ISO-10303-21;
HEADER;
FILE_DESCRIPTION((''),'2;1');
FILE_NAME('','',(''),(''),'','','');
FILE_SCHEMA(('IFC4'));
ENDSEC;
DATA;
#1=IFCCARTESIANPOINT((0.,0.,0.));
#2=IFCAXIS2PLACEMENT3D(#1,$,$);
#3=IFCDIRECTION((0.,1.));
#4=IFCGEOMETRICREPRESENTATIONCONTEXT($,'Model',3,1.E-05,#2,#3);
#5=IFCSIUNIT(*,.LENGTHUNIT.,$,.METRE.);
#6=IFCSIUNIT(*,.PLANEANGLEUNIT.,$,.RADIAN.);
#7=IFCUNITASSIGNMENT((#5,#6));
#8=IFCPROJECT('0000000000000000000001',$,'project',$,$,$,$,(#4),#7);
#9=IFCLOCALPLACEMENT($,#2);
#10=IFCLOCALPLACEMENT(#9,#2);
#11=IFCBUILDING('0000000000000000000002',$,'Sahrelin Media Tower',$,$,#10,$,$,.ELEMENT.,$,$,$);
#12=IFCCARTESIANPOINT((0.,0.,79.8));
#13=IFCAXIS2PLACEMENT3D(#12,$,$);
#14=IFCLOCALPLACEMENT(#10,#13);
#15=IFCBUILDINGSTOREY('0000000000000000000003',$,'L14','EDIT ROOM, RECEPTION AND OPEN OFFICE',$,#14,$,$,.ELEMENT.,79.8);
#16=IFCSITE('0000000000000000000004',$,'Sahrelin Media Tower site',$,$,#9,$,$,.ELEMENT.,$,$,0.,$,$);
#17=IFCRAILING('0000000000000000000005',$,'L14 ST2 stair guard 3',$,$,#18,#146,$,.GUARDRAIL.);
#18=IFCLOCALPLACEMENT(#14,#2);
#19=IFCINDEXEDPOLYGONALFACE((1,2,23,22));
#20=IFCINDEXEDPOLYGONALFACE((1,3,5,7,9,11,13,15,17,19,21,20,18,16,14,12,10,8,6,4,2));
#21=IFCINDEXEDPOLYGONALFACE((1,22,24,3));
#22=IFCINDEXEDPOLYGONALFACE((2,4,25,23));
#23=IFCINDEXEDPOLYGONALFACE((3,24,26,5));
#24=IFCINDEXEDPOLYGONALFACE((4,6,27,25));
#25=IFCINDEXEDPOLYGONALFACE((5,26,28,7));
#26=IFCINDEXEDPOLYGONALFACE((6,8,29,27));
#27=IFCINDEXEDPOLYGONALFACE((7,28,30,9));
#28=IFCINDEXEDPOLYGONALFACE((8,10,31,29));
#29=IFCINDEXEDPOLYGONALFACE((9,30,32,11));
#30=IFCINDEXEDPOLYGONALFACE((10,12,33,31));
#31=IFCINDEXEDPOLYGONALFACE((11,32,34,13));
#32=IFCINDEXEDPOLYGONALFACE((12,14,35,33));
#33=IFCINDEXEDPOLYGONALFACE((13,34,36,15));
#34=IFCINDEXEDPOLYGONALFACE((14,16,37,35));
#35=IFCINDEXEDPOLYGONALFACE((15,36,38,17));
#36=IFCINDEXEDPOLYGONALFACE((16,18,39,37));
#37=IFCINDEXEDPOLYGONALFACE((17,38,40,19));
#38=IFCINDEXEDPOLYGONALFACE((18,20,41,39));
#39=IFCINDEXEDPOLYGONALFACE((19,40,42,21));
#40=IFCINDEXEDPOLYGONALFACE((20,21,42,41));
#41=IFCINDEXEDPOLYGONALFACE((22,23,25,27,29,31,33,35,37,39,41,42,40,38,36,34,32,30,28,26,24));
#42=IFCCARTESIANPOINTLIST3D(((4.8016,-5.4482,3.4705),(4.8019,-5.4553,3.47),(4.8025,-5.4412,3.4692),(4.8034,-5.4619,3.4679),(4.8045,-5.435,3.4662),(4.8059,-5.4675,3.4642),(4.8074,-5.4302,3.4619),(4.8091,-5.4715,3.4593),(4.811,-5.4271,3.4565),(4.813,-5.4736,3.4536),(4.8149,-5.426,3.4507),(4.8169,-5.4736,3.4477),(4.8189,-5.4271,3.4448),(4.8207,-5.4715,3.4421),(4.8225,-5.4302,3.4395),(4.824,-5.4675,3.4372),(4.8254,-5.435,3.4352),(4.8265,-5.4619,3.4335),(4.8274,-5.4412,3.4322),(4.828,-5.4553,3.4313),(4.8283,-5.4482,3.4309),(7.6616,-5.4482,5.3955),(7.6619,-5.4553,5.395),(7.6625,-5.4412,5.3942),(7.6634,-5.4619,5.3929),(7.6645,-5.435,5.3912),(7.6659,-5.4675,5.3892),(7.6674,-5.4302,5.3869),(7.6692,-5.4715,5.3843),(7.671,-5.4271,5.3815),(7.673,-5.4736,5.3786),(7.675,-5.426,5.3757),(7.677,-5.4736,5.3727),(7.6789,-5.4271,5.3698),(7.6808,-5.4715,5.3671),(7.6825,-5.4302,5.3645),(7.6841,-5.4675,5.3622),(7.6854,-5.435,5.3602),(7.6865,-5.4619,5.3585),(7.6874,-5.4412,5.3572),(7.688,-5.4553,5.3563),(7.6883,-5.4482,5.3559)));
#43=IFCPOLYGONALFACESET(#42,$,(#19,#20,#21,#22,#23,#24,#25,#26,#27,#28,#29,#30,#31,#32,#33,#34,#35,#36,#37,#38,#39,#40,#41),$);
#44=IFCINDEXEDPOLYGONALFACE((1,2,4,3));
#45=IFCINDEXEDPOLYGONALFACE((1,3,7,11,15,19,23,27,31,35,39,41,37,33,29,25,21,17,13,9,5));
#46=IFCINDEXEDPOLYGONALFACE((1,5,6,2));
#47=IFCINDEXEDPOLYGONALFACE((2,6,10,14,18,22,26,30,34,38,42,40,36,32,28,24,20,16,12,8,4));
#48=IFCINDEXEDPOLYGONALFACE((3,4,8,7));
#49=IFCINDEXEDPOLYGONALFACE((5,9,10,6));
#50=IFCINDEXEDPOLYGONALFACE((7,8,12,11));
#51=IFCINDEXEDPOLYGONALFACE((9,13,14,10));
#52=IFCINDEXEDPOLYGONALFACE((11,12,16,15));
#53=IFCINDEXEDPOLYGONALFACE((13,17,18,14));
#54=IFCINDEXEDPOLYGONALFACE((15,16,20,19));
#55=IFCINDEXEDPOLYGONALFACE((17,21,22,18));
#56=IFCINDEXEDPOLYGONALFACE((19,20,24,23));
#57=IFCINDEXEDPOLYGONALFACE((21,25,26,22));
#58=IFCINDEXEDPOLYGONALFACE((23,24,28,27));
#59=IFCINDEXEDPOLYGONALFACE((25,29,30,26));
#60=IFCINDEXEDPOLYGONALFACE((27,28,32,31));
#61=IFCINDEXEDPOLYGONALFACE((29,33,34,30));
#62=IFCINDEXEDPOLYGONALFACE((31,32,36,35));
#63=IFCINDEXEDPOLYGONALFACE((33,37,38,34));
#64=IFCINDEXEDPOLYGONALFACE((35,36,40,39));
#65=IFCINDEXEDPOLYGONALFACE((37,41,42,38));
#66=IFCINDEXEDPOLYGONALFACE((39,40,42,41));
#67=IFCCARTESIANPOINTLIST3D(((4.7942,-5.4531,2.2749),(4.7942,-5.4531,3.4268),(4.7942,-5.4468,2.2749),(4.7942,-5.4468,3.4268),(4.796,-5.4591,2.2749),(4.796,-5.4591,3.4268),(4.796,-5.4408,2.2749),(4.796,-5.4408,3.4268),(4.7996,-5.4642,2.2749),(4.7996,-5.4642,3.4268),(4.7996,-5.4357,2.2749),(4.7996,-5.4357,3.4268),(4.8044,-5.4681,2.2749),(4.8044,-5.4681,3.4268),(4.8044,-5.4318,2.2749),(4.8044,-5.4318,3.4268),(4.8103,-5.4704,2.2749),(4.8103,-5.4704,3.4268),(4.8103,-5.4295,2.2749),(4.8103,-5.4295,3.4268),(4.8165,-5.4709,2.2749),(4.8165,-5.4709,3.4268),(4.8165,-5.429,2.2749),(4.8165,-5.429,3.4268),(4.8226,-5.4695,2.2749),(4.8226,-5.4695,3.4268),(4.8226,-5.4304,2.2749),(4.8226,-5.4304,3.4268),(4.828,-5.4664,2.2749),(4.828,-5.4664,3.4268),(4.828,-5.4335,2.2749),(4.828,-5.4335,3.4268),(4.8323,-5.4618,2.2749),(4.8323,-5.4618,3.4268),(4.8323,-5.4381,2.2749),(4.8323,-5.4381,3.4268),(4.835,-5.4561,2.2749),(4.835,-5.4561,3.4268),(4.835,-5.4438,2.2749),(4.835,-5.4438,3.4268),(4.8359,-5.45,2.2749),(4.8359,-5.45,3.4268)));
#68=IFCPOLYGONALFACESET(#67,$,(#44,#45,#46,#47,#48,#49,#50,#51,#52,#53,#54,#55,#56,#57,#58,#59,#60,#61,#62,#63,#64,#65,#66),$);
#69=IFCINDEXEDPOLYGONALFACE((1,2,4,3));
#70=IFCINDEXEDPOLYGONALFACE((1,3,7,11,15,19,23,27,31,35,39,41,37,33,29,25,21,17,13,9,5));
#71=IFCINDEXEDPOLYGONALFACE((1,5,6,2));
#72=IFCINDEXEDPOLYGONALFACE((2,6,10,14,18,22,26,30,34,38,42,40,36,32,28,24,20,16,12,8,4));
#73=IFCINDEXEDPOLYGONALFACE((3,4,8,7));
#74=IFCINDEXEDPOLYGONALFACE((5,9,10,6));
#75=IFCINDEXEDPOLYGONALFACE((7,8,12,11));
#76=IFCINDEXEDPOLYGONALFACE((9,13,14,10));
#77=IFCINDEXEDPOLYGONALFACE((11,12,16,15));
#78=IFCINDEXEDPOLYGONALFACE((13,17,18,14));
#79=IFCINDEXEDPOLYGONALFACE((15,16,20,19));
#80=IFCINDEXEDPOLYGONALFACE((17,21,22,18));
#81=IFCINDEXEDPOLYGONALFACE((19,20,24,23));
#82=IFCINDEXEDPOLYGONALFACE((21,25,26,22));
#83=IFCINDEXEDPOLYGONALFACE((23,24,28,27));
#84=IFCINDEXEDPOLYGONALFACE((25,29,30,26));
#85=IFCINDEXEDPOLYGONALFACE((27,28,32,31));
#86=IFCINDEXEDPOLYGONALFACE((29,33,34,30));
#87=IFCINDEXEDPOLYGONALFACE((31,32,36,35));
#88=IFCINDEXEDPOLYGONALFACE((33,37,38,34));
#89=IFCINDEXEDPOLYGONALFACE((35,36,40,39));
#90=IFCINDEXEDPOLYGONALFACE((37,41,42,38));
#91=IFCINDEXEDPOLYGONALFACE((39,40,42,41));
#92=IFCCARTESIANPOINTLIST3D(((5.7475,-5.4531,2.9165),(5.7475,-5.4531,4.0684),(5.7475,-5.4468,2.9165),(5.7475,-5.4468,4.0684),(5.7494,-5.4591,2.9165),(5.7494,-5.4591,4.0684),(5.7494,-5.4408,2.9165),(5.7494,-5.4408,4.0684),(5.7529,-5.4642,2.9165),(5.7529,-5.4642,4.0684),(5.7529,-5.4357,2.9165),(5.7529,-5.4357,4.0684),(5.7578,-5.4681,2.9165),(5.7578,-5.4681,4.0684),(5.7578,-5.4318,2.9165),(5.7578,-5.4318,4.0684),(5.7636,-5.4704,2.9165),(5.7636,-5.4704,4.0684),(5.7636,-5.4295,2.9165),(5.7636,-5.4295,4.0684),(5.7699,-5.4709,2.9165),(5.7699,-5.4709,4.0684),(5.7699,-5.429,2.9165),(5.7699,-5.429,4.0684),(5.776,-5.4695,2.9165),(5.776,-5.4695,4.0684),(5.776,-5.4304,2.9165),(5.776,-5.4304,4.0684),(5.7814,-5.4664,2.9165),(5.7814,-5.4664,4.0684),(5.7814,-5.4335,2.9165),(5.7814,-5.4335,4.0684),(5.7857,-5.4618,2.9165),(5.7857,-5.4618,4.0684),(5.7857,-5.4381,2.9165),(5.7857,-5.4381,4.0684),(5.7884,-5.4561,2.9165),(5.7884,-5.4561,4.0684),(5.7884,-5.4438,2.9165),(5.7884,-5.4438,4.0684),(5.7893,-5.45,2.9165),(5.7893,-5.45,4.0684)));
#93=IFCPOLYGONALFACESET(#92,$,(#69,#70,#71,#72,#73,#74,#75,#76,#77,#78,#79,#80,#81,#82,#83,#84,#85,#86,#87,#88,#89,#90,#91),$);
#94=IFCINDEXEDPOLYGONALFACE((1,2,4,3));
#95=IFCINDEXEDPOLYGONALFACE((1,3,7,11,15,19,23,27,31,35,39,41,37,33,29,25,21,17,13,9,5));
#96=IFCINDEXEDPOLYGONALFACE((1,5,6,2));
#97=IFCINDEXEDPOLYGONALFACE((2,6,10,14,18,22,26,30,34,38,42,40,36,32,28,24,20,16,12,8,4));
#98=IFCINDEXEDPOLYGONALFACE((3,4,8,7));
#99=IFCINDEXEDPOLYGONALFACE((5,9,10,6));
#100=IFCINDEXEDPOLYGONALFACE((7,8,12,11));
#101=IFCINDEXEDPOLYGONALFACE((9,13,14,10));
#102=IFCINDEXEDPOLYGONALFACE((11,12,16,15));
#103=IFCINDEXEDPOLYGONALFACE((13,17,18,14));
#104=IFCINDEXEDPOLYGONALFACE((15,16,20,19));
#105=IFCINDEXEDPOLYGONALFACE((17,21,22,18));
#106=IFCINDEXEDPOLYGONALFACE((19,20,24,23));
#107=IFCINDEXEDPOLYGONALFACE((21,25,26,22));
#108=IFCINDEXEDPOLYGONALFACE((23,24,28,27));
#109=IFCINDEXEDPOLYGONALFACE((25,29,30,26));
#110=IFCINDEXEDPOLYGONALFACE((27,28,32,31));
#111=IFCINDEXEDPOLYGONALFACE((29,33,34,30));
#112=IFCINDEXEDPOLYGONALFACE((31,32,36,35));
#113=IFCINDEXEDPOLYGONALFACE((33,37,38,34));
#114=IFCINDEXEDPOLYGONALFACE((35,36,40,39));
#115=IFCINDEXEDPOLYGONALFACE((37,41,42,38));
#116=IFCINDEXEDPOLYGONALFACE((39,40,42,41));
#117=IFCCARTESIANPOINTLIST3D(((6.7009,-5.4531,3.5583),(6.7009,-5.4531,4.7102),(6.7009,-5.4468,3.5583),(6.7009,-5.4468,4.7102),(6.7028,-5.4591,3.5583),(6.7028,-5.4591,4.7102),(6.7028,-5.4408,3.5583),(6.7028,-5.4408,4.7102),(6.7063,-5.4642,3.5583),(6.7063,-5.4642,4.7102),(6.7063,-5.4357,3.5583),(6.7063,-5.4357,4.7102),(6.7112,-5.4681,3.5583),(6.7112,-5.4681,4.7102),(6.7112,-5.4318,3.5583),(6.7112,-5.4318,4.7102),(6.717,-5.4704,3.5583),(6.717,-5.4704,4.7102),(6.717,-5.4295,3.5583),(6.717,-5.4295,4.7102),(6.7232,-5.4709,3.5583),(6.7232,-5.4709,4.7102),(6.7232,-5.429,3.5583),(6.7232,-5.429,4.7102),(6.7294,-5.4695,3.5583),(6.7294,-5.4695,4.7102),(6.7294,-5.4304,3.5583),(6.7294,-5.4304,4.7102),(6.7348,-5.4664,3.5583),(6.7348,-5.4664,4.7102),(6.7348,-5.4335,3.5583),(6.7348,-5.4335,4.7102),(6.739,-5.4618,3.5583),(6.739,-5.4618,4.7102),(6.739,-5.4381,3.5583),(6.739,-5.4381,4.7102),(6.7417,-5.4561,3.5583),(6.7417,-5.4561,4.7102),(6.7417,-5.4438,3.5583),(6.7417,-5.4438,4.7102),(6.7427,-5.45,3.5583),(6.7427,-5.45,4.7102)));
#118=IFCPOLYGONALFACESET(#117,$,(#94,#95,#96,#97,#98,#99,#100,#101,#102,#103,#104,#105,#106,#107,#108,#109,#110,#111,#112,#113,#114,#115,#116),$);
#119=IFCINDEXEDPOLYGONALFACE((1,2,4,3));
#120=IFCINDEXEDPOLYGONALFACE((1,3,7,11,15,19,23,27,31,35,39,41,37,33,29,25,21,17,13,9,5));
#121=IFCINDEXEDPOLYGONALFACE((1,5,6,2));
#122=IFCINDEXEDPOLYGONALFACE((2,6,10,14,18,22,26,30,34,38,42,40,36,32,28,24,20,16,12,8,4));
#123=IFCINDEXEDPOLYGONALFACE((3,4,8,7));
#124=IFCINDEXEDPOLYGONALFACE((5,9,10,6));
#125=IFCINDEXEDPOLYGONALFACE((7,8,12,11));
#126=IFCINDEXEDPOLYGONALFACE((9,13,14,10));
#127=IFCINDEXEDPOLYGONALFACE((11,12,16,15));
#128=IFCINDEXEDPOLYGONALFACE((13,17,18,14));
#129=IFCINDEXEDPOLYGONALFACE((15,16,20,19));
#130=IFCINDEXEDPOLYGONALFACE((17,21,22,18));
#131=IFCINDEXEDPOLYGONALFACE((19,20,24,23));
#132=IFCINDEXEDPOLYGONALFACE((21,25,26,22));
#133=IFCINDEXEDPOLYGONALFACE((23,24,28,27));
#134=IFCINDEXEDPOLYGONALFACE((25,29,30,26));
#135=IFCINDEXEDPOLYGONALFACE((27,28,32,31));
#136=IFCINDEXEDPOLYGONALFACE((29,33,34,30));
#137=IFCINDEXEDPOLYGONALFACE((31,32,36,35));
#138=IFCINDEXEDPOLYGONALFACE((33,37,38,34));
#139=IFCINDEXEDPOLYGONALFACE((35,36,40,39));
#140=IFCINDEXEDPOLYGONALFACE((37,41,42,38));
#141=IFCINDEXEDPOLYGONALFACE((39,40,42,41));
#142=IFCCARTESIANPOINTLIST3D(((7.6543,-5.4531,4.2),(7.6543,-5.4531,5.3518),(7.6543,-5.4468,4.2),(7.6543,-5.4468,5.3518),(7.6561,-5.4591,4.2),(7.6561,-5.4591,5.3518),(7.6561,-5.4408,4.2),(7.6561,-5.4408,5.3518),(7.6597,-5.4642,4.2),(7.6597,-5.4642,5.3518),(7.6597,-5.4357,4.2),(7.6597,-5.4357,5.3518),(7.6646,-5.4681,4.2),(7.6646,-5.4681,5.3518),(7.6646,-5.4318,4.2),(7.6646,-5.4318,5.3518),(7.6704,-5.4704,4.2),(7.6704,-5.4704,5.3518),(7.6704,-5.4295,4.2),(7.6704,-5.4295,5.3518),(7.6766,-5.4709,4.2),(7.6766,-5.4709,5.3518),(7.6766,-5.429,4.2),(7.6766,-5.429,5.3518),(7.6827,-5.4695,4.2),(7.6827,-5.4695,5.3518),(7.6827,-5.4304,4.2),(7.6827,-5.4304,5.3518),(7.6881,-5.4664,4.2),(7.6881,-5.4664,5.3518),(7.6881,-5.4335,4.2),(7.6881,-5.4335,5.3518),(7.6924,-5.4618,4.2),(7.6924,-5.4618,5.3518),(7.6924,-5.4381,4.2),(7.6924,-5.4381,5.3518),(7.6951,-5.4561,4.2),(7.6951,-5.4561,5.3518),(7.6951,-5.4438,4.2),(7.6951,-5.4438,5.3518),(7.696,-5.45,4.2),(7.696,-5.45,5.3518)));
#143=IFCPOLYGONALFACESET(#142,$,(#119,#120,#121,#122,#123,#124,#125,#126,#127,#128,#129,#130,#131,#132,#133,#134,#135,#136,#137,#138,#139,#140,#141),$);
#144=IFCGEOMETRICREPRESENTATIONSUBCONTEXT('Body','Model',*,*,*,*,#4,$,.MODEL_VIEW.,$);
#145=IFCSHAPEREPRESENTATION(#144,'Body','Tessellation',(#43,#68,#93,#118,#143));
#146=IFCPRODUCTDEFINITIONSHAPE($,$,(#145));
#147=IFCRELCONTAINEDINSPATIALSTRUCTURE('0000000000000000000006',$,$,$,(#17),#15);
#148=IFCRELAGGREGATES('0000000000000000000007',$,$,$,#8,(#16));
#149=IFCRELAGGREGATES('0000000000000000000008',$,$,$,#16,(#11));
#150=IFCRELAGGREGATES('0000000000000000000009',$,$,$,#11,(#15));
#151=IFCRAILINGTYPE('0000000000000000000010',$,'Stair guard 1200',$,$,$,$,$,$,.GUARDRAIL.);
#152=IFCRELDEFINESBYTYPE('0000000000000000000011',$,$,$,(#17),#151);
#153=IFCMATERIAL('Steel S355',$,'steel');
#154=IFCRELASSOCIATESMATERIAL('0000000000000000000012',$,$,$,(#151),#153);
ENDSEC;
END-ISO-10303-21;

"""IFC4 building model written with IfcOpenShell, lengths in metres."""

from ifc_helpers import new_model, si_unit, direction, frame, origin, origin_2d, place, context, subcontext, project, spatial, circle, extrude, material, type_object, element, save


model = new_model("IFC4")

# Units and contexts
model_context = context("Model", 3, precision=1e-05, world=origin(), true_north=direction((0.0, 1.0)))
body_context = subcontext(model_context, "Body", "Model", "MODEL_VIEW")
ifc_project = project(units=[si_unit("LENGTHUNIT", "METRE"), si_unit("PLANEANGLEUNIT", "RADIAN")], contexts=[model_context])

# Site, building, storey
site_placement = place(None, origin())
site = spatial("IfcSite", under=ifc_project, at=site_placement, Name="Sahrelin Media Tower site", CompositionType="ELEMENT", RefElevation=0.0)
building_placement = place(site_placement, origin())
building = spatial("IfcBuilding", under=site, at=building_placement, Name="Sahrelin Media Tower", CompositionType="ELEMENT")
storey_placement = place(building_placement, frame((0.0, 0.0, 79.8)))
storey = spatial("IfcBuildingStorey", under=building, at=storey_placement, Name="L14", Description="EDIT ROOM, RECEPTION AND OPEN OFFICE", CompositionType="ELEMENT", Elevation=79.8)

# Railing
ifc_material_1 = material(Name="Steel S355", Category="steel")
railing_type_1 = type_object("IfcRailingType", Name="Stair guard 1200", PredefinedType="GUARDRAIL", material=ifc_material_1)
railing_1_placement = place(storey_placement, frame((4.8149, -5.45, 2.2749)))
element("IfcRailing", 1, at=railing_1_placement, inside=storey, type_object=railing_type_1, Name="L14 ST2 stair guard 3", PredefinedType="GUARDRAIL", context=body_context, shape_type="SweptSolid", body=[
    extrude(circle(Radius=0.0239, at=origin_2d()), frame((0.0, 0.0, 1.1758), z_axis=(0.829591, 0.0, 0.558372), x_axis=(0.0, 1.0, 0.0)), (0.0, 0.0, 1.0), 3.4475),
    extrude(circle(Radius=0.021, at=origin_2d()), origin(), (0.0, 0.0, 1.0), 1.1519),
    extrude(circle(Radius=0.021, at=origin_2d()), frame((0.9534, 0.0, 0.6416)), (0.0, 0.0, 1.0), 1.1519),
    extrude(circle(Radius=0.021, at=origin_2d()), frame((1.9067, 0.0, 1.2834)), (0.0, 0.0, 1.0), 1.1519),
    extrude(circle(Radius=0.021, at=origin_2d()), frame((2.8601, 0.0, 1.925)), (0.0, 0.0, 1.0), 1.1519),
])

save(model, "model.ifc")
